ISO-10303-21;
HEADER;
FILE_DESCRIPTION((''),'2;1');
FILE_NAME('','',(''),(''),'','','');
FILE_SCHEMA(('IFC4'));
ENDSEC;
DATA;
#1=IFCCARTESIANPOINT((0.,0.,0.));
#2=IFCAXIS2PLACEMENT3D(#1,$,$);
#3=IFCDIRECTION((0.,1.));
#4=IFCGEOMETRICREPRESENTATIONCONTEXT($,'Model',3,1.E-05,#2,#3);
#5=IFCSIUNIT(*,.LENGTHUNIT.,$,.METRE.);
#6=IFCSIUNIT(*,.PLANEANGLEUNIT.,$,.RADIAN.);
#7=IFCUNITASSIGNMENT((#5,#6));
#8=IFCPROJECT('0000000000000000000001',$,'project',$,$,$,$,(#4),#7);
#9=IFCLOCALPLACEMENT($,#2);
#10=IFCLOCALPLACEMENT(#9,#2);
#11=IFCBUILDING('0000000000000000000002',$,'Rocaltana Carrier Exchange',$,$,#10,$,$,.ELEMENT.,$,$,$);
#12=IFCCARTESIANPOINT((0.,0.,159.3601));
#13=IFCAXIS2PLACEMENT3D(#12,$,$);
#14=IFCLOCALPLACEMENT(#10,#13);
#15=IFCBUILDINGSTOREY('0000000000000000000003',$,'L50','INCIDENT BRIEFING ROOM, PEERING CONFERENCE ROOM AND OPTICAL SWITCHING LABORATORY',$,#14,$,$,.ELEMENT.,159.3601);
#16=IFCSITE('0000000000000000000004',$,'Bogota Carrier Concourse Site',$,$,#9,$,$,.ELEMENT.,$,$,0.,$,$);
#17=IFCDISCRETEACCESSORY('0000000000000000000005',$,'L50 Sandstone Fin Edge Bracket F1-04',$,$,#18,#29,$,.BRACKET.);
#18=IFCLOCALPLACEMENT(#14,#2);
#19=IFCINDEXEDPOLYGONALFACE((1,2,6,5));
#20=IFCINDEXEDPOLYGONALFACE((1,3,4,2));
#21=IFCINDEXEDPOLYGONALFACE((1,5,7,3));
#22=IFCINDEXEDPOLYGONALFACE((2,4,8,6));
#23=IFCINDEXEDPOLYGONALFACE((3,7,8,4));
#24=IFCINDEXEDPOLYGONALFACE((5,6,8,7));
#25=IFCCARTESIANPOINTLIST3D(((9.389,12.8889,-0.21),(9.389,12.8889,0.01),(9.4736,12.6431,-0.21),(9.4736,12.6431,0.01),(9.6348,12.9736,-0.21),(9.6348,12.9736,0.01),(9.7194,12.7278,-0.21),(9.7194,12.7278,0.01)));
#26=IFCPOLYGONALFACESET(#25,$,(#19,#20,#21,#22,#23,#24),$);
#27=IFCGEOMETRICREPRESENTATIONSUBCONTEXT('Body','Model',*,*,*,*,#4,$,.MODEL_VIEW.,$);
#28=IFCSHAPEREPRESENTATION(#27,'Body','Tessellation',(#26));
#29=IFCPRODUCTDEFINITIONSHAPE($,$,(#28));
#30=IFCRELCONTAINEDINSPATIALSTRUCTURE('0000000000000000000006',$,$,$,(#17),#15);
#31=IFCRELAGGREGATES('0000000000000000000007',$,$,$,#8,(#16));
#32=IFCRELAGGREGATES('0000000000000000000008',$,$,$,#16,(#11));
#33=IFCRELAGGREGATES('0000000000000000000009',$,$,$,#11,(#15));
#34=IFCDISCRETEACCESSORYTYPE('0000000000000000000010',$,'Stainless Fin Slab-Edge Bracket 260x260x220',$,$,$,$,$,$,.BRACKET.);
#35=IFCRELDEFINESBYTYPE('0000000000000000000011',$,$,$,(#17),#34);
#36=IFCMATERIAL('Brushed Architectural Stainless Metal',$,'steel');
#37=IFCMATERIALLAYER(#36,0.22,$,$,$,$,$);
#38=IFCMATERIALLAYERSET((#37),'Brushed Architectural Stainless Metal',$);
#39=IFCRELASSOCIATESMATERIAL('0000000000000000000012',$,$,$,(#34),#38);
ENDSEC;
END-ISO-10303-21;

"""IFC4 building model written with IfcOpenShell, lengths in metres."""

from ifc_helpers import new_model, si_unit, direction, frame, origin, origin_2d, place, context, subcontext, project, spatial, rectangle, extrude, material, layer, layer_set, type_object, element, save


model = new_model("IFC4")

# Units and contexts
model_context = context("Model", 3, precision=1e-05, world=origin(), true_north=direction((0.0, 1.0)))
body_context = subcontext(model_context, "Body", "Model", "MODEL_VIEW")
ifc_project = project(units=[si_unit("LENGTHUNIT", "METRE"), si_unit("PLANEANGLEUNIT", "RADIAN")], contexts=[model_context])

# Site, building, storey
site_placement = place(None, origin())
site = spatial("IfcSite", under=ifc_project, at=site_placement, Name="Bogota Carrier Concourse Site", CompositionType="ELEMENT", RefElevation=0.0)
building_placement = place(site_placement, origin())
building = spatial("IfcBuilding", under=site, at=building_placement, Name="Rocaltana Carrier Exchange", CompositionType="ELEMENT")
storey_placement = place(building_placement, frame((0.0, 0.0, 159.3601)))
storey = spatial("IfcBuildingStorey", under=building, at=storey_placement, Name="L50", Description="INCIDENT BRIEFING ROOM, PEERING CONFERENCE ROOM AND OPTICAL SWITCHING LABORATORY", CompositionType="ELEMENT", Elevation=159.3601)

# Discrete accessory
ifc_material_1 = material(Name="Brushed Architectural Stainless Metal", Category="steel")
ifc_layer_1 = layer(ifc_material_1, 0.22)
ifc_layer_set_1 = layer_set([ifc_layer_1], Name="Brushed Architectural Stainless Metal")
discrete_accessory_type = type_object("IfcDiscreteAccessoryType", Name="Stainless Fin Slab-Edge Bracket 260x260x220", PredefinedType="BRACKET", material=ifc_layer_set_1)
discrete_accessory_placement = place(storey_placement, frame((9.5542, 12.8083, -0.21), z_axis=(0.0, 0.0, 1.0), x_axis=(-0.325568, 0.945519, 0.0)))
element("IfcDiscreteAccessory", 1, at=discrete_accessory_placement, inside=storey, type_object=discrete_accessory_type, Name="L50 Sandstone Fin Edge Bracket F1-04", PredefinedType="BRACKET", context=body_context, shape_type="SweptSolid", body=[
    extrude(rectangle(XDim=0.26, YDim=0.26, at=origin_2d()), origin(), (0.0, 0.0, 1.0), 0.22),
])

save(model, "model.ifc")
